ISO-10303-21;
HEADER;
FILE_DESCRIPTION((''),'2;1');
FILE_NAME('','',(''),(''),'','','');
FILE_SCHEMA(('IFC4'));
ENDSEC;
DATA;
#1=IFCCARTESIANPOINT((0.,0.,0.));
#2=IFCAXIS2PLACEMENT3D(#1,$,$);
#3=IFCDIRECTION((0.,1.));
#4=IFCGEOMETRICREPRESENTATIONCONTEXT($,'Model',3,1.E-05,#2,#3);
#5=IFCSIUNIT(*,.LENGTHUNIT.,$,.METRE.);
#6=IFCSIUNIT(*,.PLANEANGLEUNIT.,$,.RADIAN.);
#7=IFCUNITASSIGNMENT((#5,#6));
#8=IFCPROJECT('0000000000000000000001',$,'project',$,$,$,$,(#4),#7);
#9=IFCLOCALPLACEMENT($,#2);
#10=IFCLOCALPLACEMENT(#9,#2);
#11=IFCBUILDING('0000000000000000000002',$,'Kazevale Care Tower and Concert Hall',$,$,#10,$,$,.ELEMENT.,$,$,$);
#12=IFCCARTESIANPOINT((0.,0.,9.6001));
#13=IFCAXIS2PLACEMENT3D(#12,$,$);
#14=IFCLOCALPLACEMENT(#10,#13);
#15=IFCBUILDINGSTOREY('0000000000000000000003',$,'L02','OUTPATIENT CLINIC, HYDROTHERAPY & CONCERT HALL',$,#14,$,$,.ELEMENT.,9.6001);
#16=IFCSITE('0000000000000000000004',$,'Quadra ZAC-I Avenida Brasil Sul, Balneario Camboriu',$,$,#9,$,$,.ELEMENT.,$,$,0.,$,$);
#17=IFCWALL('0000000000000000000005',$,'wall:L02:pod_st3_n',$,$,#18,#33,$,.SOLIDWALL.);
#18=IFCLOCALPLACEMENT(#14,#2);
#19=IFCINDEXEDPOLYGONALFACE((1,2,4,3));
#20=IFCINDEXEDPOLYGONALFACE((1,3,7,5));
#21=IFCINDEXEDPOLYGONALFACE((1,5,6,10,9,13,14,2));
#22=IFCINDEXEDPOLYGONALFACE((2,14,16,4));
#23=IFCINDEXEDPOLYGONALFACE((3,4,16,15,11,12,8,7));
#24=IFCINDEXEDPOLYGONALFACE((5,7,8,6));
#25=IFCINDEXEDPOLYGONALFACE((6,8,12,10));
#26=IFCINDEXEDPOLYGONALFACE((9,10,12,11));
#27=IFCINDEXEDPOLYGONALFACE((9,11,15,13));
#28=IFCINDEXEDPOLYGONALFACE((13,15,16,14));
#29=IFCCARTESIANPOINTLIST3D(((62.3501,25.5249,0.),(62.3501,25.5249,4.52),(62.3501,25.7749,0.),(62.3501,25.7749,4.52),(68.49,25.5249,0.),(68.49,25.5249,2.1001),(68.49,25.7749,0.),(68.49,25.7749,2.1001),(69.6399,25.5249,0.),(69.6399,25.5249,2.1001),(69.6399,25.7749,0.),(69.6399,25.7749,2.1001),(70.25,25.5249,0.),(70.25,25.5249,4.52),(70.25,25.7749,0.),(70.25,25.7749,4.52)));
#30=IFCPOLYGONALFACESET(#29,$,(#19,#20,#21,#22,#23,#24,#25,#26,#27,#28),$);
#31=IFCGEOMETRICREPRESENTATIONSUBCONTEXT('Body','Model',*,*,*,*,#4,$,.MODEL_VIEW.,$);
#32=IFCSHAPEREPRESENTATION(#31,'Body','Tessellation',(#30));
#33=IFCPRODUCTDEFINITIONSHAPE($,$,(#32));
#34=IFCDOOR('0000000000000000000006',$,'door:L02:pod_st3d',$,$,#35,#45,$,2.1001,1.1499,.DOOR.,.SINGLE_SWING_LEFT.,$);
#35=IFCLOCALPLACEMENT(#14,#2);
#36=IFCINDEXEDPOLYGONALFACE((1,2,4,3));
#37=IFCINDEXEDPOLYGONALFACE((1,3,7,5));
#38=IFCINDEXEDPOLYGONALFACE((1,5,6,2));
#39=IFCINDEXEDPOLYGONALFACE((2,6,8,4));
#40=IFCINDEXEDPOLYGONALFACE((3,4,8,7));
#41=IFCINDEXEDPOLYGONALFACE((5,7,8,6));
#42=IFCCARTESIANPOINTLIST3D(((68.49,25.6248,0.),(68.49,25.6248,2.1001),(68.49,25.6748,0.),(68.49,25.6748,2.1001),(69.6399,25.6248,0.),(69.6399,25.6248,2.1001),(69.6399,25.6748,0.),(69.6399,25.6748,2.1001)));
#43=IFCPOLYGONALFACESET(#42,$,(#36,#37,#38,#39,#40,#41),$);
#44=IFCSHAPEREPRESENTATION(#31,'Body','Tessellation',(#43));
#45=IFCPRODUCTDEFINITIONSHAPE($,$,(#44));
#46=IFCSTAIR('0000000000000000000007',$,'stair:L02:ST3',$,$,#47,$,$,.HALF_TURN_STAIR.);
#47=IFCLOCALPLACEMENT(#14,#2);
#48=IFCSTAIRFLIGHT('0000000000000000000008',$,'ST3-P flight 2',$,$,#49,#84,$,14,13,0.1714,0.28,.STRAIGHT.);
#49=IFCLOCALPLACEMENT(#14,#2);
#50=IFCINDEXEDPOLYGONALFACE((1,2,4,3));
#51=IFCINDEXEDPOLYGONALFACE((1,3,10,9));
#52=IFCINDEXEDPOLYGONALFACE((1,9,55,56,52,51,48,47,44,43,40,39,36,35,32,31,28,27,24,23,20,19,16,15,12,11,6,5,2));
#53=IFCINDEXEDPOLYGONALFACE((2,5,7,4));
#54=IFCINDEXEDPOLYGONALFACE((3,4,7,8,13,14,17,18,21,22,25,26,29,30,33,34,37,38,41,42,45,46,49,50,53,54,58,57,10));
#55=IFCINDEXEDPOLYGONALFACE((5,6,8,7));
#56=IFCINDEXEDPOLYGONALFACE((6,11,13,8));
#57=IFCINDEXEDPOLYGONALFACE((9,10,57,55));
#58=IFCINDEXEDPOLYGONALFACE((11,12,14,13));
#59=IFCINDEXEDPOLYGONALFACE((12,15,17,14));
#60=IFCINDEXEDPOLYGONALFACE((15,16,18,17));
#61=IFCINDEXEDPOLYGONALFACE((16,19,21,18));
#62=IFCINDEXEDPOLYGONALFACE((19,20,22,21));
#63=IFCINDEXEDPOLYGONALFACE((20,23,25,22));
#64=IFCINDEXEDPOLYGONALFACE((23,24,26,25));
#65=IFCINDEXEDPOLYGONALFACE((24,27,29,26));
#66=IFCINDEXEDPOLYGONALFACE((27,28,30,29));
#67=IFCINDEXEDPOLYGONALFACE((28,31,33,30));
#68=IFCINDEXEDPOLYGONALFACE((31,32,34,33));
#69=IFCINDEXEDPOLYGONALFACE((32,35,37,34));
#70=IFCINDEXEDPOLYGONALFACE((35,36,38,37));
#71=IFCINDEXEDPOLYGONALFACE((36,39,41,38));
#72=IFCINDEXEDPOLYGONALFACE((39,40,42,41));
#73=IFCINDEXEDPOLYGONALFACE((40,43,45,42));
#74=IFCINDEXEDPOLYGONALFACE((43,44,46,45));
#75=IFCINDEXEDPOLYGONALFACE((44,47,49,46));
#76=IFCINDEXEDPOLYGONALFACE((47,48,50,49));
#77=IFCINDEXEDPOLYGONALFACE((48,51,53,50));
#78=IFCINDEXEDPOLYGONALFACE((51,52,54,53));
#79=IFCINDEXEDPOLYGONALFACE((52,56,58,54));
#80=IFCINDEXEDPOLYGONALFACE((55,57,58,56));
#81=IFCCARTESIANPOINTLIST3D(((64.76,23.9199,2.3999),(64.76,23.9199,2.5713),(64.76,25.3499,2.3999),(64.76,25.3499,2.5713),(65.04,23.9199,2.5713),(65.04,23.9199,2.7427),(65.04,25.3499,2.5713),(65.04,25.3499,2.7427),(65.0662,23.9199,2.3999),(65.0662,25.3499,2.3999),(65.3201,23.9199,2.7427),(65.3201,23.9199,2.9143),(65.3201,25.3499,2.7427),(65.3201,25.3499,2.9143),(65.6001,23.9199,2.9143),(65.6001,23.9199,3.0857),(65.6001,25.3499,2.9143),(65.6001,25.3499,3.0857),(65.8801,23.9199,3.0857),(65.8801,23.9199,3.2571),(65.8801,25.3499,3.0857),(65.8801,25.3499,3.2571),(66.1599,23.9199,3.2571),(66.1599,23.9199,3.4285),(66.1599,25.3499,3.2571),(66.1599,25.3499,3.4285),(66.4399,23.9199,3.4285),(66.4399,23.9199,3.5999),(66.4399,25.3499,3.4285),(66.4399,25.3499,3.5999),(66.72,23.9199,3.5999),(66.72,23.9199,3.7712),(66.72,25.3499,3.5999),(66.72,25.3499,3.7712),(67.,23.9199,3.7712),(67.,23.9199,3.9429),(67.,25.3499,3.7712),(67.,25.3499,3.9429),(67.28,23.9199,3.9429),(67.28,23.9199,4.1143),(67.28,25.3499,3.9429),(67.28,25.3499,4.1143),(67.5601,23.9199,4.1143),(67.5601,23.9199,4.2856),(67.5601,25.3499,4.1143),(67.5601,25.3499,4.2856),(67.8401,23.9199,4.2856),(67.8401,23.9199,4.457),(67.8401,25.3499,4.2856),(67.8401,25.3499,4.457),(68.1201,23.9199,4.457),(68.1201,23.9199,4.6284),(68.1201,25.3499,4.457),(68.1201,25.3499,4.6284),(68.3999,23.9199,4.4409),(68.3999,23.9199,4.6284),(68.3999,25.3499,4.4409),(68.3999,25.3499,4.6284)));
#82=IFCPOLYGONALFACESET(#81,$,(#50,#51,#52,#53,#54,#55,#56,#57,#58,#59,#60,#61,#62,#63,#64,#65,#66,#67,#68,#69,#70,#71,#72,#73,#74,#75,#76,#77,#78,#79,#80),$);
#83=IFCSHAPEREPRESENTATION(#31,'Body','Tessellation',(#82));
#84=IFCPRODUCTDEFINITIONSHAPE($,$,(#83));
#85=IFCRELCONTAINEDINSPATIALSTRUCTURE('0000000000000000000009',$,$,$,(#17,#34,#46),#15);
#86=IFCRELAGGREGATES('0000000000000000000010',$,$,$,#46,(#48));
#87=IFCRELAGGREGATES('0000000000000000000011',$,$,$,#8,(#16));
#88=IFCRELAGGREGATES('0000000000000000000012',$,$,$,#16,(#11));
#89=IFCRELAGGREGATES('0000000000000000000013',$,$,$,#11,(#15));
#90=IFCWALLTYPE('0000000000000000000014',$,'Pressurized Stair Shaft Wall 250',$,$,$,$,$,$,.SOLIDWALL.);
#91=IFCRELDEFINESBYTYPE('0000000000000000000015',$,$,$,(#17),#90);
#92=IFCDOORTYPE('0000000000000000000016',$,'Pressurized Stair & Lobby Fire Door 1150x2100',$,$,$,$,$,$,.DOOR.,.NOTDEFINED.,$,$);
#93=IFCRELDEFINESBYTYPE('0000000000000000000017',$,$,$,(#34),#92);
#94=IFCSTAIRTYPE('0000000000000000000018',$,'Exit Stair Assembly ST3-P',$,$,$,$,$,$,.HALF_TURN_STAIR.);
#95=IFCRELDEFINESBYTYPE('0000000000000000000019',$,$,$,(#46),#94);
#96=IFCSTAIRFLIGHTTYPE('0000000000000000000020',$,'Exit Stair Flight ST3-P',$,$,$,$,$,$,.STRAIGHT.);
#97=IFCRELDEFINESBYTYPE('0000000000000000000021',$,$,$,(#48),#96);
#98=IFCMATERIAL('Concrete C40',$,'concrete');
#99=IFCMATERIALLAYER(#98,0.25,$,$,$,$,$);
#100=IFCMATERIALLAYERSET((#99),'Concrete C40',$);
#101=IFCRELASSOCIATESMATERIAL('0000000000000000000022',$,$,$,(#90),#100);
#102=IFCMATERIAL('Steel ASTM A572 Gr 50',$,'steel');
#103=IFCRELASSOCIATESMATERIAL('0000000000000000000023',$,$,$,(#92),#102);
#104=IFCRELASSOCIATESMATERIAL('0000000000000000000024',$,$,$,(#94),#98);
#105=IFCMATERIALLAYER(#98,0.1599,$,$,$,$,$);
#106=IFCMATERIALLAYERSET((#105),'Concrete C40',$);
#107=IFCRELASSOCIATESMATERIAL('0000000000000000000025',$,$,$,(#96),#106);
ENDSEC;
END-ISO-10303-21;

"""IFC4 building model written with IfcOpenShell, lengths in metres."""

from ifc_helpers import new_model, si_unit, direction, frame, frame_2d, origin, place, context, subcontext, project, spatial, polyline, rectangle, outline, extrude, material, layer, layer_set, type_object, element, fill, aggregate, save


model = new_model("IFC4")

# Units and contexts
model_context = context("Model", 3, precision=1e-05, world=origin(), true_north=direction((0.0, 1.0)))
body_context = subcontext(model_context, "Body", "Model", "MODEL_VIEW")
ifc_project = project(units=[si_unit("LENGTHUNIT", "METRE"), si_unit("PLANEANGLEUNIT", "RADIAN")], contexts=[model_context])

# Site, building, storey
site_placement = place(None, origin())
site = spatial("IfcSite", under=ifc_project, at=site_placement, Name="Quadra ZAC-I Avenida Brasil Sul, Balneario Camboriu", CompositionType="ELEMENT", RefElevation=0.0)
building_placement = place(site_placement, origin())
building = spatial("IfcBuilding", under=site, at=building_placement, Name="Kazevale Care Tower and Concert Hall", CompositionType="ELEMENT")
storey_placement = place(building_placement, frame((0.0, 0.0, 9.6001)))
storey = spatial("IfcBuildingStorey", under=building, at=storey_placement, Name="L02", Description="OUTPATIENT CLINIC, HYDROTHERAPY & CONCERT HALL", CompositionType="ELEMENT", Elevation=9.6001)

# Shared definitions
ifc_material_1 = material(Name="Steel ASTM A572 Gr 50", Category="steel")

# Wall, opening, door
ifc_material_2 = material(Name="Concrete C40", Category="concrete")
ifc_layer_1 = layer(ifc_material_2, 0.25)
ifc_layer_set_1 = layer_set([ifc_layer_1], Name="Concrete C40")
wall_type_1 = type_object("IfcWallType", Name="Pressurized Stair Shaft Wall 250", PredefinedType="SOLIDWALL", material=ifc_layer_set_1)
wall_1_placement = place(storey_placement, frame((62.3501, 25.6499, 0.0), z_axis=(0.0, 0.0, 1.0), x_axis=(1.0, 0.0, 0.0)))
wall_1 = element("IfcWall", 1, at=wall_1_placement, inside=storey, type_object=wall_type_1, Name="wall:L02:pod_st3_n", PredefinedType="SOLIDWALL", context=body_context, shape_type="SweptSolid", body=[
    extrude(rectangle(XDim=7.8999, YDim=0.25, at=frame_2d((3.95, 0.0))), origin(), (0.0, 0.0, 1.0), 4.52),
])
opening_1_placement = place(wall_1_placement, frame((6.1399, 0.0, 0.0)))
opening_1 = element("IfcOpeningElement", 2, at=opening_1_placement, cuts=wall_1, PredefinedType="OPENING", context=body_context, shape_type="SweptSolid", body=[
    extrude(rectangle(XDim=1.1499, YDim=2.1001, at=frame_2d((0.575, 1.05))), frame((0.0, 0.135, 0.0), z_axis=(0.0, -1.0, 0.0), x_axis=(1.0, 0.0, 0.0)), (0.0, 0.0, 1.0), 0.27),
])
door_type_1 = type_object("IfcDoorType", Name="Pressurized Stair & Lobby Fire Door 1150x2100", OperationType="NOTDEFINED", PredefinedType="DOOR", material=ifc_material_1)
door_1_placement = place(opening_1_placement, origin())
door_1 = element("IfcDoor", 3, at=door_1_placement, inside=storey, type_object=door_type_1, Name="door:L02:pod_st3d", OperationType="SINGLE_SWING_LEFT", OverallHeight=2.1001, OverallWidth=1.1499, PredefinedType="DOOR", context=body_context, shape_type="SweptSolid", body=[
    extrude(rectangle(XDim=1.1499, YDim=2.1001, at=frame_2d((0.575, 1.05))), frame((0.0, 0.0249, 0.0), z_axis=(0.0, -1.0, 0.0), x_axis=(1.0, 0.0, 0.0)), (0.0, 0.0, 1.0), 0.05),
])
fill(opening_1, door_1)

# Stair, stair flight
stair_type = type_object("IfcStairType", Name="Exit Stair Assembly ST3-P", PredefinedType="HALF_TURN_STAIR", material=ifc_material_2)
stair_placement = place(storey_placement, origin())
stair = element("IfcStair", 4, at=stair_placement, inside=storey, type_object=stair_type, Name="stair:L02:ST3", PredefinedType="HALF_TURN_STAIR")
ifc_layer_2 = layer(ifc_material_2, 0.1599)
ifc_layer_set_2 = layer_set([ifc_layer_2], Name="Concrete C40")
stair_flight_type = type_object("IfcStairFlightType", Name="Exit Stair Flight ST3-P", PredefinedType="STRAIGHT", material=ifc_layer_set_2)
stair_flight_placement = place(storey_placement, frame((64.76, 24.635, 2.3999), z_axis=(0.0, 0.0, 1.0), x_axis=(1.0, 0.0, 0.0)))
stair_flight = element("IfcStairFlight", 5, at=stair_flight_placement, type_object=stair_flight_type, Name="ST3-P flight 2", NumberOfRisers=14, NumberOfTreads=13, PredefinedType="STRAIGHT", RiserHeight=0.1714, TreadLength=0.28, context=body_context, shape_type="SweptSolid", body=[
    extrude(outline(polyline([(0.0, 0.0), (0.0, 0.1714), (0.28, 0.1714), (0.28, 0.3428), (0.5601, 0.3428), (0.5601, 0.5144), (0.8401, 0.5144), (0.8401, 0.6858), (1.1201, 0.6858), (1.1201, 0.8572), (1.3999, 0.8572), (1.3999, 1.0286), (1.6799, 1.0286), (1.6799, 1.2), (1.96, 1.2), (1.96, 1.3713), (2.24, 1.3713), (2.24, 1.543), (2.52, 1.543), (2.52, 1.7144), (2.8, 1.7144), (2.8, 1.8857), (3.0801, 1.8857), (3.0801, 2.0571), (3.3601, 2.0571), (3.3601, 2.2285), (3.6399, 2.2285), (3.6399, 2.3999), (3.6399, 2.041), (0.3062, 0.0), (0.0, 0.0)])), frame((0.0, 0.7148, 0.0), z_axis=(0.0, -1.0, 0.0), x_axis=(1.0, 0.0, 0.0)), (0.0, 0.0, 1.0), 1.4299),
])
aggregate(stair, [stair_flight])

save(model, "model.ifc")
